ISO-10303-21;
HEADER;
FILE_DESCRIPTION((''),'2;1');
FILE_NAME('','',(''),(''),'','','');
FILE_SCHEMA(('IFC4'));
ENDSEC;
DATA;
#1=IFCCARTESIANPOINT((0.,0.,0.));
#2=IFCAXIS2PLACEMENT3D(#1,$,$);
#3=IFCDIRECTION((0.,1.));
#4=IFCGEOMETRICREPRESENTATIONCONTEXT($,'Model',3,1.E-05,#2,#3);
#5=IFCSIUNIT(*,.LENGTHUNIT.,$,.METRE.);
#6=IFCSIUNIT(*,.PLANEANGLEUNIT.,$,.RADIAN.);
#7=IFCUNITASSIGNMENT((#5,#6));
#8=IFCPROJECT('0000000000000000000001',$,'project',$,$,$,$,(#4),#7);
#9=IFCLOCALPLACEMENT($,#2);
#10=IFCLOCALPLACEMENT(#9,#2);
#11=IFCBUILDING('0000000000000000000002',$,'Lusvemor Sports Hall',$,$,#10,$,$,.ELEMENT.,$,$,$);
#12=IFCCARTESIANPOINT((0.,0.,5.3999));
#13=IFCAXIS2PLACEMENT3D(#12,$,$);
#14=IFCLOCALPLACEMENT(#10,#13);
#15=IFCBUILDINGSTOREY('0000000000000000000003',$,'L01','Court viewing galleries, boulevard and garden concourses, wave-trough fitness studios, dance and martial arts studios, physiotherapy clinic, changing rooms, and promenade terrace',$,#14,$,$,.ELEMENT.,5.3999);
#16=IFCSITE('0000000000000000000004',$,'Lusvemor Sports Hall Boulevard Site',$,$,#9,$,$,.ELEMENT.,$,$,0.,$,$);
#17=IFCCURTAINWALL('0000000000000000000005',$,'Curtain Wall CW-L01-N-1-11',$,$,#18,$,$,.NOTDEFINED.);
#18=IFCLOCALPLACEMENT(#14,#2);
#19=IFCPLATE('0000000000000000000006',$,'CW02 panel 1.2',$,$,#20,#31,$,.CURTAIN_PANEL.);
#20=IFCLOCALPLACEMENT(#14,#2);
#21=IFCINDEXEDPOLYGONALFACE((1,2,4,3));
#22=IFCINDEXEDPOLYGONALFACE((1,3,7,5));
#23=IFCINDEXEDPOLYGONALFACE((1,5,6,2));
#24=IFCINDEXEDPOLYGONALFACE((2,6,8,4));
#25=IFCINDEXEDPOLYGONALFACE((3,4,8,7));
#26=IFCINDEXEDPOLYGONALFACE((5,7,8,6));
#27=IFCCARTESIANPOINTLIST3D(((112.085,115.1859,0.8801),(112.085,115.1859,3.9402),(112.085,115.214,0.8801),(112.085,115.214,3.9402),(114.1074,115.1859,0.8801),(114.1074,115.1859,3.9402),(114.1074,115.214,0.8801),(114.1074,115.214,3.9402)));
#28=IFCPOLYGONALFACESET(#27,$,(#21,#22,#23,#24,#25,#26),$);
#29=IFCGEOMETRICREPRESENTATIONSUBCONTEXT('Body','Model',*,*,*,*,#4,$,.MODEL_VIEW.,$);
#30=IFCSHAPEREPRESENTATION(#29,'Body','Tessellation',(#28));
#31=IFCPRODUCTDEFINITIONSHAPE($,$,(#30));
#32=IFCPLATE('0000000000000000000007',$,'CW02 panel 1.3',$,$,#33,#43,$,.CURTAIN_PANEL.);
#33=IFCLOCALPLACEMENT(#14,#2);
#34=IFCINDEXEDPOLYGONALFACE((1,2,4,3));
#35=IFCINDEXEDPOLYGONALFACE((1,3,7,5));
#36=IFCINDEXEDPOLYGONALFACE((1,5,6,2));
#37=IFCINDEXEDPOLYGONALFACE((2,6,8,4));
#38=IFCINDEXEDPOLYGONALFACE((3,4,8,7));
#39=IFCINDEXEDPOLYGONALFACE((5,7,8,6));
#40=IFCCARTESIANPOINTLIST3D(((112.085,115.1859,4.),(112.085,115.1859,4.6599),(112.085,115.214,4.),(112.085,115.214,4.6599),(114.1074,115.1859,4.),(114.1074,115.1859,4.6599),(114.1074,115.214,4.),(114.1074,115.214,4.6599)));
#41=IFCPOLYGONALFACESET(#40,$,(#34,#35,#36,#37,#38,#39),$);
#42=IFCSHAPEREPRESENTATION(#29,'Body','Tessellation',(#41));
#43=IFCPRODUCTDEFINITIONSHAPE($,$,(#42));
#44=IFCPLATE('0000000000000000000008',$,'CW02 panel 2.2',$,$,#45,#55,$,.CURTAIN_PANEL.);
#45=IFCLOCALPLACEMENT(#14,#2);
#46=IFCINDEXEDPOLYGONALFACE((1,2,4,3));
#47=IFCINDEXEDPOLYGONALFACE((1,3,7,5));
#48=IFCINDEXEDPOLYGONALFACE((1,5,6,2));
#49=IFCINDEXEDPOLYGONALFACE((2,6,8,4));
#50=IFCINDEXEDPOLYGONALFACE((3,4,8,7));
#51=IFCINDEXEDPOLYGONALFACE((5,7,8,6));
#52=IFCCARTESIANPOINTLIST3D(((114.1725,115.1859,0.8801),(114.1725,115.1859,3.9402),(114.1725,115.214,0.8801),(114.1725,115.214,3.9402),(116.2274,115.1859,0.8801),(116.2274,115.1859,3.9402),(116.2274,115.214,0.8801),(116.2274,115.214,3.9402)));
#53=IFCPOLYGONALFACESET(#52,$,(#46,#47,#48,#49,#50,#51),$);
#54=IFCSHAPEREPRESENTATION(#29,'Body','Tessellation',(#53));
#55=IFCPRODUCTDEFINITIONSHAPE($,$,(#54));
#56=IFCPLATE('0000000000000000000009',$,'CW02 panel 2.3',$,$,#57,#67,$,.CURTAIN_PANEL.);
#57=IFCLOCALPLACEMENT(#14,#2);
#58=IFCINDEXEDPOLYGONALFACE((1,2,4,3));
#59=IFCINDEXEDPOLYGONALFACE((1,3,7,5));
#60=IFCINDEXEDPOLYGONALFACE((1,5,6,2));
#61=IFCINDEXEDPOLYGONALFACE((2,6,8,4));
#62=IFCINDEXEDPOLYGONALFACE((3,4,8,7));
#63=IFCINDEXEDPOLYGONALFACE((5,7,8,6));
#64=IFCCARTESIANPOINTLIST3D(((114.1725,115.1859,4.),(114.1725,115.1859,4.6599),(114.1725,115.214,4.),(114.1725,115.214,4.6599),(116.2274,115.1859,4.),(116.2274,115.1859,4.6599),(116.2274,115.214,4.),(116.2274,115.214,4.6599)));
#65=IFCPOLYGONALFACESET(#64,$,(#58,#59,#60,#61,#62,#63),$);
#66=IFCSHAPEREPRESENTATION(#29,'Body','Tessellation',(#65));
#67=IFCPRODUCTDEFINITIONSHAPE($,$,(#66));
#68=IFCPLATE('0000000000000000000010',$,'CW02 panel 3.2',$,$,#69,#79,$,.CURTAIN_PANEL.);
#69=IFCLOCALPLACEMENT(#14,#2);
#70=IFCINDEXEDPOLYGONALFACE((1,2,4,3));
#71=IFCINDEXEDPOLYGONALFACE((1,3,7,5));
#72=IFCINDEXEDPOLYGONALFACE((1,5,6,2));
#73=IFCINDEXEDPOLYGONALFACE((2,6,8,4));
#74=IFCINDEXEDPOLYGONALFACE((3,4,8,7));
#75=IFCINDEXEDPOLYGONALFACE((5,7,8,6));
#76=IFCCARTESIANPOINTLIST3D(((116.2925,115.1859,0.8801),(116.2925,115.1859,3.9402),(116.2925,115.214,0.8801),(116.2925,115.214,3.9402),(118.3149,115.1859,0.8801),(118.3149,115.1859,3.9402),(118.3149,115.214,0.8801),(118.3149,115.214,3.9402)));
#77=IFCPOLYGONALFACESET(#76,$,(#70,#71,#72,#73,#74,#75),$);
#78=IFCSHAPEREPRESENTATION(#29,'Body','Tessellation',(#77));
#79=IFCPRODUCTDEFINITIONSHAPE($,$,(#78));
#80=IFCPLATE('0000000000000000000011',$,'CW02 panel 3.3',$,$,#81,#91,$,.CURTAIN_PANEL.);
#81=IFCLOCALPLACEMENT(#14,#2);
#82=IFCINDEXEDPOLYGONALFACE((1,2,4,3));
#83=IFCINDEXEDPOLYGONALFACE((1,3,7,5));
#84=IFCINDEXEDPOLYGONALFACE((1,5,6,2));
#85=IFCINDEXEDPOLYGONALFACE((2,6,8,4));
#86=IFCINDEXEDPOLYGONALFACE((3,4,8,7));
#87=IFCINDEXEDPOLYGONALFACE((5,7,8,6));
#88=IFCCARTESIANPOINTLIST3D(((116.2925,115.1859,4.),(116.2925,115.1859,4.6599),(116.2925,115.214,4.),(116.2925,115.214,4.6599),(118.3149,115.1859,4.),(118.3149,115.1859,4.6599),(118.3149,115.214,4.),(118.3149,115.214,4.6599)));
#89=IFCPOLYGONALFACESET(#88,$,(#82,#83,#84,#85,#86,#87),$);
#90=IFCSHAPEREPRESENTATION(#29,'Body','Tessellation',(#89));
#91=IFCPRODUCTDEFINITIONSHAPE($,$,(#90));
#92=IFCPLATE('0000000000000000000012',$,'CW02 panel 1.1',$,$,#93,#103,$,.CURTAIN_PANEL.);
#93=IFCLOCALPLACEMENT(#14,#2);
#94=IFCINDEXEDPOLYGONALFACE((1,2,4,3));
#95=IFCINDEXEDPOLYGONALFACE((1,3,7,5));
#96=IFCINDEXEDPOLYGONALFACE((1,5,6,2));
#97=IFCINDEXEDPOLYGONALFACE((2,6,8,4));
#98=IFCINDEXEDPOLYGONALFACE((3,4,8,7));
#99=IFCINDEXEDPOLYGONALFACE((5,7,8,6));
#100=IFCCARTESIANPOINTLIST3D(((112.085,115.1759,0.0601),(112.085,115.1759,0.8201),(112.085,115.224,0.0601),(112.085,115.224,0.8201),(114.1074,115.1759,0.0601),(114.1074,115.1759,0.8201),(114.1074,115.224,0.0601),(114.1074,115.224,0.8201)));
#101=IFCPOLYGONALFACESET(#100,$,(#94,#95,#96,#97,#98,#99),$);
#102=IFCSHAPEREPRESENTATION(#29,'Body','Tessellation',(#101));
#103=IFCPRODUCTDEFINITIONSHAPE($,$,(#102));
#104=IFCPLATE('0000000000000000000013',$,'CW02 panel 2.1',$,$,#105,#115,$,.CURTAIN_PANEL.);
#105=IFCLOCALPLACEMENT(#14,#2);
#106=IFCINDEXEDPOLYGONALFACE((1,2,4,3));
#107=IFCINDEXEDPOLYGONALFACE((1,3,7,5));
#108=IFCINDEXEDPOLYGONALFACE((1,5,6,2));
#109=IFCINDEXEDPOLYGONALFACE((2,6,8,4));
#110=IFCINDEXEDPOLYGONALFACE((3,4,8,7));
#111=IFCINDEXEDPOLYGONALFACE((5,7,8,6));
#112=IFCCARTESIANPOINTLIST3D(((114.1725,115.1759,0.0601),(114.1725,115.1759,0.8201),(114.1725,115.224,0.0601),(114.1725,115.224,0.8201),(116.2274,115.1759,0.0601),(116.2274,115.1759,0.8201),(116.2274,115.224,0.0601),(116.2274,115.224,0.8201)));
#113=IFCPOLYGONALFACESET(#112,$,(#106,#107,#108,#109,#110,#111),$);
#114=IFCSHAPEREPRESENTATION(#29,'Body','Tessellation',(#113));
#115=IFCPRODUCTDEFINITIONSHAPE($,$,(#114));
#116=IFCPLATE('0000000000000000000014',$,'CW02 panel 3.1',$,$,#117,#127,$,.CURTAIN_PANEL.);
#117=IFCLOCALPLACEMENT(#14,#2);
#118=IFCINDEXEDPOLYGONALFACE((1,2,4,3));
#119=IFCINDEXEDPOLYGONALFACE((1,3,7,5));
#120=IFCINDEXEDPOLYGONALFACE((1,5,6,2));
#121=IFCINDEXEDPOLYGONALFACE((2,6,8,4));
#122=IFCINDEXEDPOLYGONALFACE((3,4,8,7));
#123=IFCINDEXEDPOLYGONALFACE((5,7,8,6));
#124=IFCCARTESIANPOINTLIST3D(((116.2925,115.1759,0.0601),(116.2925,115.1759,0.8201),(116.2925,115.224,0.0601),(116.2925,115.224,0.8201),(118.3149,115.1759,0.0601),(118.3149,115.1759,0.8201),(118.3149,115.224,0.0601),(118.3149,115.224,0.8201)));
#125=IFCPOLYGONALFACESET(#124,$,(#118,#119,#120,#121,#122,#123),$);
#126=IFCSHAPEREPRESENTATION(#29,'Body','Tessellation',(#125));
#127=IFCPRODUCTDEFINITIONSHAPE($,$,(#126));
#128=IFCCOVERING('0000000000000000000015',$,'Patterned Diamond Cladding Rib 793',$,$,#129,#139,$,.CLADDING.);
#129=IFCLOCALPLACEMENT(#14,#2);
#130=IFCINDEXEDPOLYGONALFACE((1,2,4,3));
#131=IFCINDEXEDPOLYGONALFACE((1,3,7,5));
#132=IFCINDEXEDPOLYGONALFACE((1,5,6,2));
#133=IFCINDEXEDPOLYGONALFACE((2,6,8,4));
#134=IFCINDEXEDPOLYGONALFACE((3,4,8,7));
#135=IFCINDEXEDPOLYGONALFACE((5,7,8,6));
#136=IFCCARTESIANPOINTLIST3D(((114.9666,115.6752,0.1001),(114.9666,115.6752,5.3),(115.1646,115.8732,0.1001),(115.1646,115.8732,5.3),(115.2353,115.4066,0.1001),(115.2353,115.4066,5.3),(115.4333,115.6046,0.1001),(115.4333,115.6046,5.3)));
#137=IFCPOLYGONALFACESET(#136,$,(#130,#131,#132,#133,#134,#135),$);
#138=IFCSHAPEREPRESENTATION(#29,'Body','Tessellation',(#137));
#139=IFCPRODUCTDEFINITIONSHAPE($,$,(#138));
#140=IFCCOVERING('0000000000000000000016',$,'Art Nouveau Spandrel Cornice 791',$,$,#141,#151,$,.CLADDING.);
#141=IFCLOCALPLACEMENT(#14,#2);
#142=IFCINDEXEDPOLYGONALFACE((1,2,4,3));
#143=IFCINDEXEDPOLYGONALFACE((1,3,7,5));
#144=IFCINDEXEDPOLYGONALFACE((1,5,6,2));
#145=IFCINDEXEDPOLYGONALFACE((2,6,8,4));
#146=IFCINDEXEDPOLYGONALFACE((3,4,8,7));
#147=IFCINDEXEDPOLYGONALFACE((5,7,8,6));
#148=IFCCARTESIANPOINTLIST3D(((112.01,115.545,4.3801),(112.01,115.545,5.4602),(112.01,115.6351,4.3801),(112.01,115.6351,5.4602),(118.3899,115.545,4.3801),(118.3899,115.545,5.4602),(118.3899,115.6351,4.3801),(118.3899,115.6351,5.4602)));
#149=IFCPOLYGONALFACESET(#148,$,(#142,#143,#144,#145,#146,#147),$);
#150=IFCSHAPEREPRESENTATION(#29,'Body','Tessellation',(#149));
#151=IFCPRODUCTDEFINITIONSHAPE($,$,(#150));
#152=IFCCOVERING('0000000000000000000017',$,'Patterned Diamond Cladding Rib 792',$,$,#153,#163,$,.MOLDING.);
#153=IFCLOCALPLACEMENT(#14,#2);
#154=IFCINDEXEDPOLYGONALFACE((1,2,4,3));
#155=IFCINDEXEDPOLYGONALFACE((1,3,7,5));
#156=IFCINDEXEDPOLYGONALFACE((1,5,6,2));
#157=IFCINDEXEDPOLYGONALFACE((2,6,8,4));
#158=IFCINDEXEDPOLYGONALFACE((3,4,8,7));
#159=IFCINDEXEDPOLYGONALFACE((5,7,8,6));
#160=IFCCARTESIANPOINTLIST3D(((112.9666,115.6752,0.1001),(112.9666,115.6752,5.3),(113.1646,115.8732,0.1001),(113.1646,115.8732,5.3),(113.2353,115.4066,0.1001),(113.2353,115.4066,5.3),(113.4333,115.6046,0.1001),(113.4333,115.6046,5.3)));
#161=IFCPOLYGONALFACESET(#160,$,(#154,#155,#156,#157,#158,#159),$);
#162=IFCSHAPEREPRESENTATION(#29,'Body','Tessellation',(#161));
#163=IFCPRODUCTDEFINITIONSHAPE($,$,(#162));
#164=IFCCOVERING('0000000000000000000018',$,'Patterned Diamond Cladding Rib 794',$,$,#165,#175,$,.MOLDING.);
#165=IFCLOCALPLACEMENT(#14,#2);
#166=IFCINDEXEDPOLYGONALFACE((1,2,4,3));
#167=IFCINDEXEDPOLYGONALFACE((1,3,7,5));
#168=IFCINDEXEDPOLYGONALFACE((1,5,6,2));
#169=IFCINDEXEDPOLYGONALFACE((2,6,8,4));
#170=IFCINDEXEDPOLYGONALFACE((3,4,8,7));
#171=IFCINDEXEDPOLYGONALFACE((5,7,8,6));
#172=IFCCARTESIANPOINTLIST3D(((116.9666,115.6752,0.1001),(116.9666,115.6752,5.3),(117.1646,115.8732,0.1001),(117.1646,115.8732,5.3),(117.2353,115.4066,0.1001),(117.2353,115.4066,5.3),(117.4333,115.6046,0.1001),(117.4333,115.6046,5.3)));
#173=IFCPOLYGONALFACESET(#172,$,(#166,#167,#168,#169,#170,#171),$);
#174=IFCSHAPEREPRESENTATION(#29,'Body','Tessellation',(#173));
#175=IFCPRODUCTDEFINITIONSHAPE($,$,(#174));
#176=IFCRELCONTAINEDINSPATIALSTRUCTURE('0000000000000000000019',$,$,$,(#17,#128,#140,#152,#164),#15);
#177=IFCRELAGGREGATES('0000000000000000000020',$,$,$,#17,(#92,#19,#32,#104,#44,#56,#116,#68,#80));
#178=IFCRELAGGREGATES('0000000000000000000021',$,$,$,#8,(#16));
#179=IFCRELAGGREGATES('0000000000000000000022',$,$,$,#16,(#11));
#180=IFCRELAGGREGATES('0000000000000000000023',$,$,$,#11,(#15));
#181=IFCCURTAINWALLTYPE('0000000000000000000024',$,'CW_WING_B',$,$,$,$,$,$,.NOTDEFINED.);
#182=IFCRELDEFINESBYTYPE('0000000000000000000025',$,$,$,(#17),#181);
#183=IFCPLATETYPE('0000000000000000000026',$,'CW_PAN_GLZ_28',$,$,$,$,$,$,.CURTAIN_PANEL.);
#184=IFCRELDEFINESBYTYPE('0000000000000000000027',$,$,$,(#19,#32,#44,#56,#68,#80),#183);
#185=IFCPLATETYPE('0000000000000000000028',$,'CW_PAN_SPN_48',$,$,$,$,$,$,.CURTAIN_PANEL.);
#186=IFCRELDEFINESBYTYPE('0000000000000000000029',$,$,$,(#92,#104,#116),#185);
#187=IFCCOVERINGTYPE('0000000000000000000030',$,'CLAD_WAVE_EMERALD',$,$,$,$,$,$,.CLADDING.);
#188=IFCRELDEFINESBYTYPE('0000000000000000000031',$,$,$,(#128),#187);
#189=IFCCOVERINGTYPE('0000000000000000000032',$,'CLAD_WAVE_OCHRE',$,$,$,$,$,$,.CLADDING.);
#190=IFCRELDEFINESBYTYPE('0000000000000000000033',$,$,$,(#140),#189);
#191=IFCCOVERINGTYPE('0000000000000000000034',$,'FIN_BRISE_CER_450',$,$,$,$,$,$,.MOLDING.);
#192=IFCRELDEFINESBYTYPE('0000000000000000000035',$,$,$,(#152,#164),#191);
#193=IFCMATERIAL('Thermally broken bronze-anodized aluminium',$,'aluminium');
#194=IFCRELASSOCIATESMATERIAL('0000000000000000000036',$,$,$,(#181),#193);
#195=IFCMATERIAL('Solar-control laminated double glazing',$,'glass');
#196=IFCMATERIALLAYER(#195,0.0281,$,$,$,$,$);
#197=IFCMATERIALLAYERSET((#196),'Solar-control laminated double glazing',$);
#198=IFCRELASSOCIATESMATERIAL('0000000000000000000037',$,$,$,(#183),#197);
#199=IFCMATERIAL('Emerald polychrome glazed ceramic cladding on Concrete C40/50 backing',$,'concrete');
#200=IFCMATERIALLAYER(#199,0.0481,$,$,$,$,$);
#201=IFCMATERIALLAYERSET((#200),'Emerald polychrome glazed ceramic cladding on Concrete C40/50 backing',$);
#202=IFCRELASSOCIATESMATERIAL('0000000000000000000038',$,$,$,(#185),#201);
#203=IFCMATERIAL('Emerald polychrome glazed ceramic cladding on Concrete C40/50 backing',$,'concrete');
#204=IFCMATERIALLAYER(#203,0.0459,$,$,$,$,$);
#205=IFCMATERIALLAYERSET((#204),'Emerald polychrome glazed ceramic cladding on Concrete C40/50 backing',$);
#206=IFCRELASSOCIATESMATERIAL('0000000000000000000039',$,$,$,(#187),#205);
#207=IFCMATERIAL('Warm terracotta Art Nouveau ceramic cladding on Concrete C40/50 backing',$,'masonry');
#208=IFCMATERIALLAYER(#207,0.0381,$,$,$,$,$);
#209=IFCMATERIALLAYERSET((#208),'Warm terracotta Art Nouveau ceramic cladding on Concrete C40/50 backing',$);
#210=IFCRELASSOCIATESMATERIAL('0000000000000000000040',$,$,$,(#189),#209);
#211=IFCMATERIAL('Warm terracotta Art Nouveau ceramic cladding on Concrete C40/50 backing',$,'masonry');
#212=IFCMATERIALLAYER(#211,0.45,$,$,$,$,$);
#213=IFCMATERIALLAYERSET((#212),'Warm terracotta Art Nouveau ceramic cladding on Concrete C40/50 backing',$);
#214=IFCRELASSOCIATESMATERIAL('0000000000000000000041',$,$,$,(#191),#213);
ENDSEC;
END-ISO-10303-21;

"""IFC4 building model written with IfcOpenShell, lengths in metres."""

from ifc_helpers import new_model, si_unit, direction, frame, origin, origin_2d, place, context, subcontext, project, spatial, rectangle, extrude, material, layer, layer_set, type_object, element, aggregate, save


model = new_model("IFC4")

# Units and contexts
model_context = context("Model", 3, precision=1e-05, world=origin(), true_north=direction((0.0, 1.0)))
body_context = subcontext(model_context, "Body", "Model", "MODEL_VIEW")
ifc_project = project(units=[si_unit("LENGTHUNIT", "METRE"), si_unit("PLANEANGLEUNIT", "RADIAN")], contexts=[model_context])

# Site, building, storey
site_placement = place(None, origin())
site = spatial("IfcSite", under=ifc_project, at=site_placement, Name="Lusvemor Sports Hall Boulevard Site", CompositionType="ELEMENT", RefElevation=0.0)
building_placement = place(site_placement, origin())
building = spatial("IfcBuilding", under=site, at=building_placement, Name="Lusvemor Sports Hall", CompositionType="ELEMENT")
storey_placement = place(building_placement, frame((0.0, 0.0, 5.3999)))
storey = spatial("IfcBuildingStorey", under=building, at=storey_placement, Name="L01", Description="Court viewing galleries, boulevard and garden concourses, wave-trough fitness studios, dance and martial arts studios, physiotherapy clinic, changing rooms, and promenade terrace", CompositionType="ELEMENT", Elevation=5.3999)

# Curtain wall
ifc_material_1 = material(Name="Thermally broken bronze-anodized aluminium", Category="aluminium")
curtain_wall_type = type_object("IfcCurtainWallType", Name="CW_WING_B", PredefinedType="NOTDEFINED", material=ifc_material_1)
curtain_wall_placement = place(storey_placement, origin())
curtain_wall = element("IfcCurtainWall", 1, at=curtain_wall_placement, inside=storey, type_object=curtain_wall_type, Name="Curtain Wall CW-L01-N-1-11", PredefinedType="NOTDEFINED")

# Plates
ifc_material_2 = material(Name="Solar-control laminated double glazing", Category="glass")
ifc_layer_1 = layer(ifc_material_2, 0.0281)
ifc_layer_set_1 = layer_set([ifc_layer_1], Name="Solar-control laminated double glazing")
plate_type_1 = type_object("IfcPlateType", Name="CW_PAN_GLZ_28", PredefinedType="CURTAIN_PANEL", material=ifc_layer_set_1)
plate_1_placement = place(storey_placement, frame((113.0962, 115.2, 0.8801), z_axis=(0.0, 0.0, 1.0), x_axis=(1.0, 0.0, 0.0)))
plate_1 = element("IfcPlate", 2, at=plate_1_placement, type_object=plate_type_1, Name="CW02 panel 1.2", PredefinedType="CURTAIN_PANEL", context=body_context, shape_type="SweptSolid", body=[
    extrude(rectangle(XDim=2.0225, YDim=0.0281, at=origin_2d()), origin(), (0.0, 0.0, 1.0), 3.0601),
])
plate_2_placement = place(storey_placement, frame((113.0962, 115.2, 4.0), z_axis=(0.0, 0.0, 1.0), x_axis=(1.0, 0.0, 0.0)))
plate_2 = element("IfcPlate", 3, at=plate_2_placement, type_object=plate_type_1, Name="CW02 panel 1.3", PredefinedType="CURTAIN_PANEL", context=body_context, shape_type="SweptSolid", body=[
    extrude(rectangle(XDim=2.0225, YDim=0.0281, at=origin_2d()), origin(), (0.0, 0.0, 1.0), 0.6599),
])
plate_3_placement = place(storey_placement, frame((115.2, 115.2, 0.8801), z_axis=(0.0, 0.0, 1.0), x_axis=(1.0, 0.0, 0.0)))
plate_3 = element("IfcPlate", 4, at=plate_3_placement, type_object=plate_type_1, Name="CW02 panel 2.2", PredefinedType="CURTAIN_PANEL", context=body_context, shape_type="SweptSolid", body=[
    extrude(rectangle(XDim=2.0549, YDim=0.0281, at=origin_2d()), origin(), (0.0, 0.0, 1.0), 3.0601),
])
plate_4_placement = place(storey_placement, frame((115.2, 115.2, 4.0), z_axis=(0.0, 0.0, 1.0), x_axis=(1.0, 0.0, 0.0)))
plate_4 = element("IfcPlate", 5, at=plate_4_placement, type_object=plate_type_1, Name="CW02 panel 2.3", PredefinedType="CURTAIN_PANEL", context=body_context, shape_type="SweptSolid", body=[
    extrude(rectangle(XDim=2.0549, YDim=0.0281, at=origin_2d()), origin(), (0.0, 0.0, 1.0), 0.6599),
])
plate_5_placement = place(storey_placement, frame((117.3037, 115.2, 0.8801), z_axis=(0.0, 0.0, 1.0), x_axis=(1.0, 0.0, 0.0)))
plate_5 = element("IfcPlate", 6, at=plate_5_placement, type_object=plate_type_1, Name="CW02 panel 3.2", PredefinedType="CURTAIN_PANEL", context=body_context, shape_type="SweptSolid", body=[
    extrude(rectangle(XDim=2.0225, YDim=0.0281, at=origin_2d()), origin(), (0.0, 0.0, 1.0), 3.0601),
])
plate_6_placement = place(storey_placement, frame((117.3037, 115.2, 4.0), z_axis=(0.0, 0.0, 1.0), x_axis=(1.0, 0.0, 0.0)))
plate_6 = element("IfcPlate", 7, at=plate_6_placement, type_object=plate_type_1, Name="CW02 panel 3.3", PredefinedType="CURTAIN_PANEL", context=body_context, shape_type="SweptSolid", body=[
    extrude(rectangle(XDim=2.0225, YDim=0.0281, at=origin_2d()), origin(), (0.0, 0.0, 1.0), 0.6599),
])
ifc_material_3 = material(Name="Emerald polychrome glazed ceramic cladding on Concrete C40/50 backing", Category="concrete")
ifc_layer_2 = layer(ifc_material_3, 0.0481)
ifc_layer_set_2 = layer_set([ifc_layer_2], Name="Emerald polychrome glazed ceramic cladding on Concrete C40/50 backing")
plate_type_2 = type_object("IfcPlateType", Name="CW_PAN_SPN_48", PredefinedType="CURTAIN_PANEL", material=ifc_layer_set_2)
plate_7_placement = place(storey_placement, frame((113.0962, 115.2, 0.0601), z_axis=(0.0, 0.0, 1.0), x_axis=(1.0, 0.0, 0.0)))
plate_7 = element("IfcPlate", 8, at=plate_7_placement, type_object=plate_type_2, Name="CW02 panel 1.1", PredefinedType="CURTAIN_PANEL", context=body_context, shape_type="SweptSolid", body=[
    extrude(rectangle(XDim=2.0225, YDim=0.0481, at=origin_2d()), origin(), (0.0, 0.0, 1.0), 0.76),
])
plate_8_placement = place(storey_placement, frame((115.2, 115.2, 0.0601), z_axis=(0.0, 0.0, 1.0), x_axis=(1.0, 0.0, 0.0)))
plate_8 = element("IfcPlate", 9, at=plate_8_placement, type_object=plate_type_2, Name="CW02 panel 2.1", PredefinedType="CURTAIN_PANEL", context=body_context, shape_type="SweptSolid", body=[
    extrude(rectangle(XDim=2.0549, YDim=0.0481, at=origin_2d()), origin(), (0.0, 0.0, 1.0), 0.76),
])
plate_9_placement = place(storey_placement, frame((117.3037, 115.2, 0.0601), z_axis=(0.0, 0.0, 1.0), x_axis=(1.0, 0.0, 0.0)))
plate_9 = element("IfcPlate", 10, at=plate_9_placement, type_object=plate_type_2, Name="CW02 panel 3.1", PredefinedType="CURTAIN_PANEL", context=body_context, shape_type="SweptSolid", body=[
    extrude(rectangle(XDim=2.0225, YDim=0.0481, at=origin_2d()), origin(), (0.0, 0.0, 1.0), 0.76),
])
aggregate(curtain_wall, [plate_7, plate_1, plate_2, plate_8, plate_3, plate_4, plate_9, plate_5, plate_6])

# Coverings
ifc_material_4 = material(Name="Emerald polychrome glazed ceramic cladding on Concrete C40/50 backing", Category="concrete")
ifc_layer_3 = layer(ifc_material_4, 0.0459)
ifc_layer_set_3 = layer_set([ifc_layer_3], Name="Emerald polychrome glazed ceramic cladding on Concrete C40/50 backing")
covering_type_1 = type_object("IfcCoveringType", Name="CLAD_WAVE_EMERALD", PredefinedType="CLADDING", material=ifc_layer_set_3)
covering_1_placement = place(storey_placement, frame((115.2, 115.6399, 0.1001), z_axis=(0.0, 0.0, 1.0), x_axis=(0.707107, 0.707107, 0.0)))
element("IfcCovering", 11, at=covering_1_placement, inside=storey, type_object=covering_type_1, Name="Patterned Diamond Cladding Rib 793", PredefinedType="CLADDING", context=body_context, shape_type="SweptSolid", body=[
    extrude(rectangle(XDim=0.28, YDim=0.3799, at=origin_2d()), origin(), (0.0, 0.0, 1.0), 5.2),
])
ifc_material_5 = material(Name="Warm terracotta Art Nouveau ceramic cladding on Concrete C40/50 backing", Category="masonry")
ifc_layer_4 = layer(ifc_material_5, 0.0381)
ifc_layer_set_4 = layer_set([ifc_layer_4], Name="Warm terracotta Art Nouveau ceramic cladding on Concrete C40/50 backing")
covering_type_2 = type_object("IfcCoveringType", Name="CLAD_WAVE_OCHRE", PredefinedType="CLADDING", material=ifc_layer_set_4)
covering_2_placement = place(storey_placement, frame((115.2, 115.5901, 4.3801), z_axis=(0.0, 0.0, 1.0), x_axis=(1.0, 0.0, 0.0)))
element("IfcCovering", 12, at=covering_2_placement, inside=storey, type_object=covering_type_2, Name="Art Nouveau Spandrel Cornice 791", PredefinedType="CLADDING", context=body_context, shape_type="SweptSolid", body=[
    extrude(rectangle(XDim=6.3799, YDim=0.0901, at=origin_2d()), origin(), (0.0, 0.0, 1.0), 1.0801),
])
ifc_material_6 = material(Name="Warm terracotta Art Nouveau ceramic cladding on Concrete C40/50 backing", Category="masonry")
ifc_layer_5 = layer(ifc_material_6, 0.45)
ifc_layer_set_5 = layer_set([ifc_layer_5], Name="Warm terracotta Art Nouveau ceramic cladding on Concrete C40/50 backing")
covering_type_3 = type_object("IfcCoveringType", Name="FIN_BRISE_CER_450", PredefinedType="MOLDING", material=ifc_layer_set_5)
for number, where, z_axis, x_axis, name in (
    (13, (113.2, 115.6399, 0.1001), (0.0, 0.0, 1.0), (0.707107, 0.707107, 0.0), "Patterned Diamond Cladding Rib 792"),
    (14, (117.2, 115.6399, 0.1001), (0.0, 0.0, 1.0), (0.707107, 0.707107, 0.0), "Patterned Diamond Cladding Rib 794"),
):
    element("IfcCovering", number, at=place(storey_placement, frame(where, z_axis=z_axis, x_axis=x_axis)), inside=storey, type_object=covering_type_3, Name=name, PredefinedType="MOLDING", context=body_context, shape_type="SweptSolid", body=[
        extrude(rectangle(XDim=0.28, YDim=0.3799, at=origin_2d()), origin(), (0.0, 0.0, 1.0), 5.2),
    ])

save(model, "model.ifc")
